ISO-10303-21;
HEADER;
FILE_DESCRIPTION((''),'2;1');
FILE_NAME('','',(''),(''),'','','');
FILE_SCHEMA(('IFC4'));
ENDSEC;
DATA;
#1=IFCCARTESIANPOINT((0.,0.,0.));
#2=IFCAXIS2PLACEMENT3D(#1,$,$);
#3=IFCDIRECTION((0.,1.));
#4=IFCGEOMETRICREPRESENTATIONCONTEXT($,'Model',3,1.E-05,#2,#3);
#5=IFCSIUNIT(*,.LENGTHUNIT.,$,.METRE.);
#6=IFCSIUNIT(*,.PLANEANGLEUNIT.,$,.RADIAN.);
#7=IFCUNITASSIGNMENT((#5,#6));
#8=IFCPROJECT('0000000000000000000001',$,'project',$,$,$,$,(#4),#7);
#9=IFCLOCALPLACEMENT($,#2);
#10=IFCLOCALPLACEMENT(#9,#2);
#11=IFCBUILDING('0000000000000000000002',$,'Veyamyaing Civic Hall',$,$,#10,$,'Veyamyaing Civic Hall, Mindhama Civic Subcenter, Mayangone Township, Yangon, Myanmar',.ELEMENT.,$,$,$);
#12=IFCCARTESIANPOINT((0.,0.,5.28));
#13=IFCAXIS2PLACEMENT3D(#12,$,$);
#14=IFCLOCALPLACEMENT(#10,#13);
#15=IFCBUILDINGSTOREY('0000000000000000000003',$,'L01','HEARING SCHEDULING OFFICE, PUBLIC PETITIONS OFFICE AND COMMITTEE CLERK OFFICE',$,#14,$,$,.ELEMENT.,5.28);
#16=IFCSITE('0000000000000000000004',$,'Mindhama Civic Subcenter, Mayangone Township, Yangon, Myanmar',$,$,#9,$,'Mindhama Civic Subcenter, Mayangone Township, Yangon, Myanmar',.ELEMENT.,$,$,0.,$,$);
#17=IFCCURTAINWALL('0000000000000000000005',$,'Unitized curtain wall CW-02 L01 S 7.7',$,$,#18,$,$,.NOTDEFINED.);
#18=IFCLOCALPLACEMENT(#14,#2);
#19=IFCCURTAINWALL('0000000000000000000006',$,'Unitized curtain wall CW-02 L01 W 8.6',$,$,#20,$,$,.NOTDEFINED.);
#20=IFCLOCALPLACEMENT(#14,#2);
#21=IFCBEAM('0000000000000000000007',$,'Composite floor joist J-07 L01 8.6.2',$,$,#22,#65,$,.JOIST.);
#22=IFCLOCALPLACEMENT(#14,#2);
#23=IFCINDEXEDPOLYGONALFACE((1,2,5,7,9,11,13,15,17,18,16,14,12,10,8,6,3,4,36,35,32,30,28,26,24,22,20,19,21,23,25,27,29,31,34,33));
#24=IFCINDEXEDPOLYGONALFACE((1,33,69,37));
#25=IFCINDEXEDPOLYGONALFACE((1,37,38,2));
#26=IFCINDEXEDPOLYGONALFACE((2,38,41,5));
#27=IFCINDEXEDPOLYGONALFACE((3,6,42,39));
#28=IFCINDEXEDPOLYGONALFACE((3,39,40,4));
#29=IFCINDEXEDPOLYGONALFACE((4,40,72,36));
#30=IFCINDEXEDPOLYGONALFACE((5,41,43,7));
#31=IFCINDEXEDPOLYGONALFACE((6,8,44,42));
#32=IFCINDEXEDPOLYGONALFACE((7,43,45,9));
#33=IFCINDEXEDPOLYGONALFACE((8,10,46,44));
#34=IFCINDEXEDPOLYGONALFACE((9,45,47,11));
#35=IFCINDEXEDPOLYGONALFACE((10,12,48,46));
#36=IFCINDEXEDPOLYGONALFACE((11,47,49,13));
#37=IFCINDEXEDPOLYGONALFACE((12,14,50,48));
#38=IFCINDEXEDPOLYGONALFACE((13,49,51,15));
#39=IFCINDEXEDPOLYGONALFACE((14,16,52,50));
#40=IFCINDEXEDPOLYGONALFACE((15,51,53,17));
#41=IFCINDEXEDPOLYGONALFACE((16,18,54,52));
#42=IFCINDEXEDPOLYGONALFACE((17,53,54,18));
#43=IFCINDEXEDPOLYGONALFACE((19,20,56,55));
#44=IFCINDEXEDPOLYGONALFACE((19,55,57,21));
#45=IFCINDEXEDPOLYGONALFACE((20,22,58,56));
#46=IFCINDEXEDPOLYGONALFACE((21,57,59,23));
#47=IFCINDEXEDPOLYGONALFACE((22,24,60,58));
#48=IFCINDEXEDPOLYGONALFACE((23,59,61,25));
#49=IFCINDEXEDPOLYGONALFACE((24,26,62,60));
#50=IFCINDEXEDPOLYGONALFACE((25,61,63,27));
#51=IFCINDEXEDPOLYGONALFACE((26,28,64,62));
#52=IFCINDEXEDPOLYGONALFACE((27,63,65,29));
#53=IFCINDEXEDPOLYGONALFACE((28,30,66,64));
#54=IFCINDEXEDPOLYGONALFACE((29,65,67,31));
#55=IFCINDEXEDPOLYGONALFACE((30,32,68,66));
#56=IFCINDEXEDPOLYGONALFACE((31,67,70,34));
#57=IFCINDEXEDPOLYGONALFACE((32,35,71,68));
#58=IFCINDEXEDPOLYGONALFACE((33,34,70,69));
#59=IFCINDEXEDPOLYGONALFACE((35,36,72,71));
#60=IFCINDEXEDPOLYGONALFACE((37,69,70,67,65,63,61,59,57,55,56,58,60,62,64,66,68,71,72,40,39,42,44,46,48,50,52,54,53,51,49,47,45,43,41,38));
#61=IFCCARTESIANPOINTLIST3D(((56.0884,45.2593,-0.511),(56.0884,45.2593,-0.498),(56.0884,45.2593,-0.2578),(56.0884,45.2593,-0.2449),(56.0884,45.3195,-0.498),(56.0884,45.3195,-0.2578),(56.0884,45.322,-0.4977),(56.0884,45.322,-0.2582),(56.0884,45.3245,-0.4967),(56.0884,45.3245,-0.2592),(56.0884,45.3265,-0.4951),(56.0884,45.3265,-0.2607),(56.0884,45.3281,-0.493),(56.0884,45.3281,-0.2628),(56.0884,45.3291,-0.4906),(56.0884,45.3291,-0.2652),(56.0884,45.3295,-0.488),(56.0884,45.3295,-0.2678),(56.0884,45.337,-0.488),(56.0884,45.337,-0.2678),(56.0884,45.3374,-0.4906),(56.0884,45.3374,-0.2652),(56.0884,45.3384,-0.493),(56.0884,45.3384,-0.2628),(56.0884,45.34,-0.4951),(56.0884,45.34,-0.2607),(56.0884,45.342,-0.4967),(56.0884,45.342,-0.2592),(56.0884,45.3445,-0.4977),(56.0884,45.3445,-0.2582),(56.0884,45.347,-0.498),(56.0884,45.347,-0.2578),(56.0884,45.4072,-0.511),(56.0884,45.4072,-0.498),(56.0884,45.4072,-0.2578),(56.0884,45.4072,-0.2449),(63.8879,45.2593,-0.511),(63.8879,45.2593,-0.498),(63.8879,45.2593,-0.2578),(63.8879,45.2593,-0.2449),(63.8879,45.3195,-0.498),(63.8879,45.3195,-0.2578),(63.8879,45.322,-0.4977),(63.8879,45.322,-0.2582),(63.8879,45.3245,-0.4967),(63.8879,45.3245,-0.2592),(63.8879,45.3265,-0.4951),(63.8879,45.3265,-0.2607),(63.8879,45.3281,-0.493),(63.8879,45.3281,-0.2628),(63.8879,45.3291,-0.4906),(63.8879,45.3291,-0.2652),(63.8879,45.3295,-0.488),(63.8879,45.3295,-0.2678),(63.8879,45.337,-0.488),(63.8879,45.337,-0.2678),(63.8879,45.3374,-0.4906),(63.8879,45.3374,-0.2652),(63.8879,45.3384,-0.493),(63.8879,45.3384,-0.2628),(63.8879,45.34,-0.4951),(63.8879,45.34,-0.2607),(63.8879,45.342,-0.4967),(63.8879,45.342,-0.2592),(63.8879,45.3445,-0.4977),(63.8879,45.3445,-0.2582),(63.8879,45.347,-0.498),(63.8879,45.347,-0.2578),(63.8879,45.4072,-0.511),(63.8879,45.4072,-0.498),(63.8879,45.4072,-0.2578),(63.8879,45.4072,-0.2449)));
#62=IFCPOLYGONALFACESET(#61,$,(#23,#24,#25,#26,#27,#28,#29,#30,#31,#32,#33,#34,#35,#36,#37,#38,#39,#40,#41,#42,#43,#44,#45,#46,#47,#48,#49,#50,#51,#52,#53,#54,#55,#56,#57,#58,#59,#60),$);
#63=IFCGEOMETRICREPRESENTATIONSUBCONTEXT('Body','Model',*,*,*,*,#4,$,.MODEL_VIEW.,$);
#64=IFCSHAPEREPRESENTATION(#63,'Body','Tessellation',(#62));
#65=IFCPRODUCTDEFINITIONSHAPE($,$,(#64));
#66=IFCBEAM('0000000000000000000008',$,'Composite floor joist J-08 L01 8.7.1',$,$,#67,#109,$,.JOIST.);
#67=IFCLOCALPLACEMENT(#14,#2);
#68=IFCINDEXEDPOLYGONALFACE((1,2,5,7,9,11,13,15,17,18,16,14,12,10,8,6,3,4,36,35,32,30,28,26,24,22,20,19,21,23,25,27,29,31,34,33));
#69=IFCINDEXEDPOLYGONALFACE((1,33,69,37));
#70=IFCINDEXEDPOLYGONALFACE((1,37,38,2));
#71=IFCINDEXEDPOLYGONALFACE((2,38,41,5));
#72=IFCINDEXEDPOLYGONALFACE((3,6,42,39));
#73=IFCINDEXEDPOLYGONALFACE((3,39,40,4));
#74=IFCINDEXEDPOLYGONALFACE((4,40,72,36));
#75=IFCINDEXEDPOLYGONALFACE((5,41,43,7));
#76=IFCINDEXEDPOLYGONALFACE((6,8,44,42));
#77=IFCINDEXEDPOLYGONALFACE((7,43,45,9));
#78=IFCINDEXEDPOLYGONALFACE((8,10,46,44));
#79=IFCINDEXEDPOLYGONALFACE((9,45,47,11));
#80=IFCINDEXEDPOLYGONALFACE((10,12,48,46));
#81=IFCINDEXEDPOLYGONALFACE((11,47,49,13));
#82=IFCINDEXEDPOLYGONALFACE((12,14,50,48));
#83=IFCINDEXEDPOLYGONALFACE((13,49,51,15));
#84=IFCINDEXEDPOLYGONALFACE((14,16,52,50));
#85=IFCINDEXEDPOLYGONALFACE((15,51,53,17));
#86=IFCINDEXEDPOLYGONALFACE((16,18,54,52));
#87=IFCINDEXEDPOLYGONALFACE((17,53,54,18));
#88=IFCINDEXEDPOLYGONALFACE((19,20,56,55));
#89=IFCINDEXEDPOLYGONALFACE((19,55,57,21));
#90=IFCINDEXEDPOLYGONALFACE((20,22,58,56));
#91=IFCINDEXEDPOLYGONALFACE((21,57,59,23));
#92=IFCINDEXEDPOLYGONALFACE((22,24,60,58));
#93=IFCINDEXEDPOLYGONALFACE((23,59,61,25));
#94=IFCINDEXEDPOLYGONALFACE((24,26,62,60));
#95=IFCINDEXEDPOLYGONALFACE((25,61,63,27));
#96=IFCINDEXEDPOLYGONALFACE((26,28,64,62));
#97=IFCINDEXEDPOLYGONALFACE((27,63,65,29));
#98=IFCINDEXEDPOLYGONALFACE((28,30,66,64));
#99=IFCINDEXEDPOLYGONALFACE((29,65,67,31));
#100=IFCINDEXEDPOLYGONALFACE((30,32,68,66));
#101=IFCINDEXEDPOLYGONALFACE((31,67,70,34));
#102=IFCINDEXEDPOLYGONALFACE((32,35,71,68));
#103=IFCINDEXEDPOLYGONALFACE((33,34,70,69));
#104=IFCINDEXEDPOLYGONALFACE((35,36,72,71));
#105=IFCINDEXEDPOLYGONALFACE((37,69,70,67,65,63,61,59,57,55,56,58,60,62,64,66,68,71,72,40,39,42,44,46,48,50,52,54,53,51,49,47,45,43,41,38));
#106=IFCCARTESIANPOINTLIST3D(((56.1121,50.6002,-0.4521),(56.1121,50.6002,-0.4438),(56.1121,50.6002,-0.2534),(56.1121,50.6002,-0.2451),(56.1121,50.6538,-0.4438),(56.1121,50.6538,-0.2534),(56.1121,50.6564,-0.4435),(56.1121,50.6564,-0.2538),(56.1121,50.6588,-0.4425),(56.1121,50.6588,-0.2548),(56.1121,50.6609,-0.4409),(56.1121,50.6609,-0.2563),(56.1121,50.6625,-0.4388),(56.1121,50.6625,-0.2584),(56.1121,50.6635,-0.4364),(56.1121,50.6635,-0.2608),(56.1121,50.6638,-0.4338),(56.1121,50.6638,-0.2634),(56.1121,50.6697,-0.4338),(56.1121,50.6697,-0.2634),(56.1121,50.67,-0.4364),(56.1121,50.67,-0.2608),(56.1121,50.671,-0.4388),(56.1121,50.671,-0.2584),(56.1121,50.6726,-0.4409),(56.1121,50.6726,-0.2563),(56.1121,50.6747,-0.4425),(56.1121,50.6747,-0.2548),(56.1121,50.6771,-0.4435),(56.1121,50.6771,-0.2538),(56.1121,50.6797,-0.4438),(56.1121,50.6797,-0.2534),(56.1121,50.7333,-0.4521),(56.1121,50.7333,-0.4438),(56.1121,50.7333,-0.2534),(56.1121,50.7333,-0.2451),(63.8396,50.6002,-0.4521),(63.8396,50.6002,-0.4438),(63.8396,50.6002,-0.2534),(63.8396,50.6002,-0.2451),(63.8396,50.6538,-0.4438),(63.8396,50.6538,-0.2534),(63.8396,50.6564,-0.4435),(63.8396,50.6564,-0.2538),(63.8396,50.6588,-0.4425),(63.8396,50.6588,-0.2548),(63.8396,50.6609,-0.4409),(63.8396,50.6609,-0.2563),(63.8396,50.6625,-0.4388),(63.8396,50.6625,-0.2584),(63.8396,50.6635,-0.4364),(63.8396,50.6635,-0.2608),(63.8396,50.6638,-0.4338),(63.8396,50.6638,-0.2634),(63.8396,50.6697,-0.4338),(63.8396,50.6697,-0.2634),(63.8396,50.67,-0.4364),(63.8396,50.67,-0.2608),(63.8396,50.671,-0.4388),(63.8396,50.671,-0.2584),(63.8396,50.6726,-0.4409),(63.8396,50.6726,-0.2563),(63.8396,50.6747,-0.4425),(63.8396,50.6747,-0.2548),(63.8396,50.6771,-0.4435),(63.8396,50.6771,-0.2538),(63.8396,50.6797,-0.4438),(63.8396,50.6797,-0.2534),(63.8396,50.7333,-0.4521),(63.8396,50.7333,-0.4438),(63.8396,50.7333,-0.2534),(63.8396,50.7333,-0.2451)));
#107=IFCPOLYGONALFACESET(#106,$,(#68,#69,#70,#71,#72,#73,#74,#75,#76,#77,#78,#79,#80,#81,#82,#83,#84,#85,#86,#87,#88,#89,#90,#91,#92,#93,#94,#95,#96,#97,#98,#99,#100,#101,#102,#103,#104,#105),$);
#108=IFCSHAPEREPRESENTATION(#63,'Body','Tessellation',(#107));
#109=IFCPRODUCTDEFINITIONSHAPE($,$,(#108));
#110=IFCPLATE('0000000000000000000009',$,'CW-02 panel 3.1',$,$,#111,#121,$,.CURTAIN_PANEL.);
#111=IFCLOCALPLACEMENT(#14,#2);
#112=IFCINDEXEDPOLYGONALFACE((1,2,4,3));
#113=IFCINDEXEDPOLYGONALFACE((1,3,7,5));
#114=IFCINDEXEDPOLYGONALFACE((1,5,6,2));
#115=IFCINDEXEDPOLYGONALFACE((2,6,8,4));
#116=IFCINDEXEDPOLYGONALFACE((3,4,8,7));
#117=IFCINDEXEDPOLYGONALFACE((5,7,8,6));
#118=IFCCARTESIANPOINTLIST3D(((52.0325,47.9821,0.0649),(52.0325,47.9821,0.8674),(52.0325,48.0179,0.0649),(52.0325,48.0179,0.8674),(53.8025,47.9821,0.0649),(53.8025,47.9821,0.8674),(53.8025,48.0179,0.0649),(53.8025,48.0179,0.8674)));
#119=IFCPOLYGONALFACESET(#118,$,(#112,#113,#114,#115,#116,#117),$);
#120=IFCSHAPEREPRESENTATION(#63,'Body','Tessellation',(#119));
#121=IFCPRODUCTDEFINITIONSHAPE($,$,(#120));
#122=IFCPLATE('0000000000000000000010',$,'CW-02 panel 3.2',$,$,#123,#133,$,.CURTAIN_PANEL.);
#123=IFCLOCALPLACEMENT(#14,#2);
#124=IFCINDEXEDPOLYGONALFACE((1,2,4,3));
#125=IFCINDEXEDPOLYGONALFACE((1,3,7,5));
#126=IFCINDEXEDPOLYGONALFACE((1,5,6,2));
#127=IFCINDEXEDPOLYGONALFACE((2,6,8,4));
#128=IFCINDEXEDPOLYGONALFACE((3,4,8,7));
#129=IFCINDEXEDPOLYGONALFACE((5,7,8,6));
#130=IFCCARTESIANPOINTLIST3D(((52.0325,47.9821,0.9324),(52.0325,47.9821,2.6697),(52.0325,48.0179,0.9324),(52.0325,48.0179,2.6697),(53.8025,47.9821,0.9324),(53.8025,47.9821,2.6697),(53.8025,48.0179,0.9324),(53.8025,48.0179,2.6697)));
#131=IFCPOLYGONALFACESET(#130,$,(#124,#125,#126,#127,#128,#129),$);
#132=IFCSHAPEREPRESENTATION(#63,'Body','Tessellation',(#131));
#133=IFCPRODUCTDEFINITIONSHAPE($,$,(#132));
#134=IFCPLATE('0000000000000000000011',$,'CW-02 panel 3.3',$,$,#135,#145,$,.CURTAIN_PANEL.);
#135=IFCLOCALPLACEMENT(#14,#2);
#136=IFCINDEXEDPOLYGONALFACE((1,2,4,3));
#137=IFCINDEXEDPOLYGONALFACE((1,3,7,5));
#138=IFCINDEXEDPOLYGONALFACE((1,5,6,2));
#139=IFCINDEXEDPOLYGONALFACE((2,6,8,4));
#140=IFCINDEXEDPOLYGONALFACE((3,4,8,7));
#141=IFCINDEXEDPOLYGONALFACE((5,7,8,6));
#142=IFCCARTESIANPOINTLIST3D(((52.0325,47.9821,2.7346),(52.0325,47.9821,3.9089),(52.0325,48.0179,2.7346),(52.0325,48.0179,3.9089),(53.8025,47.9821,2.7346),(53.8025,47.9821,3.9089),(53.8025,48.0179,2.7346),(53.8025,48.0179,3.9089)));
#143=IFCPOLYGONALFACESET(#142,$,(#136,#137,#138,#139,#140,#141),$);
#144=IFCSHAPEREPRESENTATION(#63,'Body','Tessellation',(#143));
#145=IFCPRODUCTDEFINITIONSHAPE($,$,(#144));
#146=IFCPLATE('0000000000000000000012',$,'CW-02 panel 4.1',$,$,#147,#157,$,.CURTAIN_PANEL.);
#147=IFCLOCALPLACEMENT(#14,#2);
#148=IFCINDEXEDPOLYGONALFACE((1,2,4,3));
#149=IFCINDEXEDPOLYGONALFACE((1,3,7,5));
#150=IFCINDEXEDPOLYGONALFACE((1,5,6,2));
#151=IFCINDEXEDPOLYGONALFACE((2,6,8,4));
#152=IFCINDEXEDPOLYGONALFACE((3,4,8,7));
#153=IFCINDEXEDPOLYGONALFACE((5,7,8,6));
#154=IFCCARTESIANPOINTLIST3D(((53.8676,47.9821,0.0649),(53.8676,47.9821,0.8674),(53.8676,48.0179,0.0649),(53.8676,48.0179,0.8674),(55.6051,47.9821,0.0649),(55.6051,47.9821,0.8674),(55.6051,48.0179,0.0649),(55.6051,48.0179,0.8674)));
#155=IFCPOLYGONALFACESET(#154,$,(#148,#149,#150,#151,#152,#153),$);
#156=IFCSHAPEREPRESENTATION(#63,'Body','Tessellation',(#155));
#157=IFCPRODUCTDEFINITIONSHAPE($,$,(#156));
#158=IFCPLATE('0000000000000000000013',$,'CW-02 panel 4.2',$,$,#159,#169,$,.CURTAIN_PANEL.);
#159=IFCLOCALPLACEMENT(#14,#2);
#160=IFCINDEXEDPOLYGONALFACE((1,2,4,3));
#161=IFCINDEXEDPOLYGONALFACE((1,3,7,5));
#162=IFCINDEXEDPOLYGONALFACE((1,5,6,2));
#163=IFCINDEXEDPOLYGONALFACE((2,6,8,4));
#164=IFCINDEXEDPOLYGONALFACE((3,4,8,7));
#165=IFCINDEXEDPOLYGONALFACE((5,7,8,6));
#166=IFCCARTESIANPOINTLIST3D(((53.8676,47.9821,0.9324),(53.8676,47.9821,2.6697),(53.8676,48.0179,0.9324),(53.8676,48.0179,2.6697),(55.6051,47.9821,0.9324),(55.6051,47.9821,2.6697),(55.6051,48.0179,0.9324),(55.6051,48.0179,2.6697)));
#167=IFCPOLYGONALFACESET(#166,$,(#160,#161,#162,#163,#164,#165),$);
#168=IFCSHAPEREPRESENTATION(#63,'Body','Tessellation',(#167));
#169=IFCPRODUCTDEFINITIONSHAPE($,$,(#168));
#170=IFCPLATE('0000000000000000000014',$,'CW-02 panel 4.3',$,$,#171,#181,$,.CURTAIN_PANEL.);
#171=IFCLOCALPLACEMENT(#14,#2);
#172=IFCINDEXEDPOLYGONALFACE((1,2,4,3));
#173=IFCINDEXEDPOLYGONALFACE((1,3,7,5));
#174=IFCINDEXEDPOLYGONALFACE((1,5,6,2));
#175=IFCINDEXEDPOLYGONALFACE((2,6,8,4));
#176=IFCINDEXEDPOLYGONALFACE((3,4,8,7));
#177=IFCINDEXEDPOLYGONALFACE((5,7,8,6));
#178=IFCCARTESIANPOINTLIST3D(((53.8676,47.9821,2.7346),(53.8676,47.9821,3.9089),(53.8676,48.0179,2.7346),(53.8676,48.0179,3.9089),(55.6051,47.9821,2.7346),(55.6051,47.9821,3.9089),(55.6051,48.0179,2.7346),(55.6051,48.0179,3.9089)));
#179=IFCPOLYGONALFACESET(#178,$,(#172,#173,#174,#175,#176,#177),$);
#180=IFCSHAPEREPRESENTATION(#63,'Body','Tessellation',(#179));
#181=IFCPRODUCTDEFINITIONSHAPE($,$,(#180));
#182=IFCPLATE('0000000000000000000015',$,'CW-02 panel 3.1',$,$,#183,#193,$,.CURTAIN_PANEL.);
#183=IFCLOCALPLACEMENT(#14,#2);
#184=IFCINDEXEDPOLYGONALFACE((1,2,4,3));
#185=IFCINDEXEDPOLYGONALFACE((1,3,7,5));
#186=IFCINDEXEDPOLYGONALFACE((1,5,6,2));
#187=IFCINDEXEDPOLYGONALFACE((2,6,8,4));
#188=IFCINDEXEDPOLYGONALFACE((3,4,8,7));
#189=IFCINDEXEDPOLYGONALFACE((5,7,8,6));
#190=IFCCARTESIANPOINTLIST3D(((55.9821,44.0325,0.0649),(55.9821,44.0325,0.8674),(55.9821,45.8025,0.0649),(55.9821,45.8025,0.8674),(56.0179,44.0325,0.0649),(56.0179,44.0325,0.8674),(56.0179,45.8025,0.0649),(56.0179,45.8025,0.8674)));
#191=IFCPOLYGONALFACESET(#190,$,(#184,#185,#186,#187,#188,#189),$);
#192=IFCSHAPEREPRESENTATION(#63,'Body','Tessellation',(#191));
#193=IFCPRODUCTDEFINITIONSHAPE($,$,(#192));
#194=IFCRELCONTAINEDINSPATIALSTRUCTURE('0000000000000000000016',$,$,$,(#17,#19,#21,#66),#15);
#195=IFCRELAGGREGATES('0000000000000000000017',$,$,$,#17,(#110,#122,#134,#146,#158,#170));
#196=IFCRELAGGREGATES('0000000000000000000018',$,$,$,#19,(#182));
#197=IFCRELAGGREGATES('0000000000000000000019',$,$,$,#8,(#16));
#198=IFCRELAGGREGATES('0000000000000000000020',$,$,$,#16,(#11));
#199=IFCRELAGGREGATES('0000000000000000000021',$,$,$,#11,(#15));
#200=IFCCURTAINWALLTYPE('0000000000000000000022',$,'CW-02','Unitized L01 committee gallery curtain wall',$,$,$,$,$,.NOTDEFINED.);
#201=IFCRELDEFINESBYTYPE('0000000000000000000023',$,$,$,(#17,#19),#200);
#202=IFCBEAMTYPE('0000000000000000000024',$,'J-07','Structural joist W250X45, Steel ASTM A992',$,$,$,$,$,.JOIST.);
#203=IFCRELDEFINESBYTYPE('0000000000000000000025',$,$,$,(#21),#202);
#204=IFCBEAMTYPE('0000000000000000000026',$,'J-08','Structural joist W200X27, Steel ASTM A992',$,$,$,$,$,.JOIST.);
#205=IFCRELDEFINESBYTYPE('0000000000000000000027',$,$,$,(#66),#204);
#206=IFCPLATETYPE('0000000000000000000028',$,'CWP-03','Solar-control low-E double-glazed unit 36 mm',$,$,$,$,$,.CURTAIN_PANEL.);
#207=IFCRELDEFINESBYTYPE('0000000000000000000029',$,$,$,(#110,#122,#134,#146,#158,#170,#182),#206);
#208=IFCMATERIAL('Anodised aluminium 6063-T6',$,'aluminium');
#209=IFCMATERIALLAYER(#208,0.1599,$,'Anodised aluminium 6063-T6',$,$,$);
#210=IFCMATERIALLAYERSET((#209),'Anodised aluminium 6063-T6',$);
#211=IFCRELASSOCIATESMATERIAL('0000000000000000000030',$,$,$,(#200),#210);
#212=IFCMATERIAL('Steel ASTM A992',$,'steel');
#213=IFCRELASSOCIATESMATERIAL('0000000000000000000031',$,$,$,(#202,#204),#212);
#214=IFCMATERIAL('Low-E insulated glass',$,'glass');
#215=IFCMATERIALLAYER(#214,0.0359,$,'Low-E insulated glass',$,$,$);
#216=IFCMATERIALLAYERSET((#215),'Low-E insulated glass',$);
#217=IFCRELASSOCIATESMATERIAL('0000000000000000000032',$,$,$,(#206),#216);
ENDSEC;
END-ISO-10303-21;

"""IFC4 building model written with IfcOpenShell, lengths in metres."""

from ifc_helpers import new_model, si_unit, direction, frame, origin, origin_2d, place, context, subcontext, project, spatial, rectangle, i_section, extrude, material, layer, layer_set, material_profile, profile_set, type_object, element, aggregate, save


model = new_model("IFC4")

# Units and contexts
model_context = context("Model", 3, precision=1e-05, world=origin(), true_north=direction((0.0, 1.0)))
body_context = subcontext(model_context, "Body", "Model", "MODEL_VIEW")
ifc_project = project(units=[si_unit("LENGTHUNIT", "METRE"), si_unit("PLANEANGLEUNIT", "RADIAN")], contexts=[model_context])

# Site, building, storey
site_placement = place(None, origin())
site = spatial("IfcSite", under=ifc_project, at=site_placement, Name="Mindhama Civic Subcenter, Mayangone Township, Yangon, Myanmar", LongName="Mindhama Civic Subcenter, Mayangone Township, Yangon, Myanmar", CompositionType="ELEMENT", RefElevation=0.0)
building_placement = place(site_placement, origin())
building = spatial("IfcBuilding", under=site, at=building_placement, Name="Veyamyaing Civic Hall", LongName="Veyamyaing Civic Hall, Mindhama Civic Subcenter, Mayangone Township, Yangon, Myanmar", CompositionType="ELEMENT")
storey_placement = place(building_placement, frame((0.0, 0.0, 5.28)))
storey = spatial("IfcBuildingStorey", under=building, at=storey_placement, Name="L01", Description="HEARING SCHEDULING OFFICE, PUBLIC PETITIONS OFFICE AND COMMITTEE CLERK OFFICE", CompositionType="ELEMENT", Elevation=5.28)

# Shared definitions
ifc_material_1 = material(Name="Steel ASTM A992", Category="steel")

# Curtain walls
ifc_material_2 = material(Name="Anodised aluminium 6063-T6", Category="aluminium")
ifc_layer_1 = layer(ifc_material_2, 0.1599, Name="Anodised aluminium 6063-T6")
ifc_layer_set_1 = layer_set([ifc_layer_1], Name="Anodised aluminium 6063-T6")
curtain_wall_type = type_object("IfcCurtainWallType", Name="CW-02", Description="Unitized L01 committee gallery curtain wall", PredefinedType="NOTDEFINED", material=ifc_layer_set_1)
curtain_wall_1_placement = place(storey_placement, origin())
curtain_wall_1 = element("IfcCurtainWall", 1, at=curtain_wall_1_placement, inside=storey, type_object=curtain_wall_type, Name="Unitized curtain wall CW-02 L01 S 7.7", PredefinedType="NOTDEFINED")
curtain_wall_2_placement = place(storey_placement, origin())
curtain_wall_2 = element("IfcCurtainWall", 2, at=curtain_wall_2_placement, inside=storey, type_object=curtain_wall_type, Name="Unitized curtain wall CW-02 L01 W 8.6", PredefinedType="NOTDEFINED")

# Beams
ifc_material_profile_1 = material_profile(ifc_material_1, i_section(OverallWidth=0.1479, OverallDepth=0.2661, WebThickness=0.0076, FlangeThickness=0.0129, FilletRadius=0.01, at=origin_2d()), Name="W250X45")
ifc_profile_set_1 = profile_set([ifc_material_profile_1], Name="Steel ASTM A992")
beam_type_1 = type_object("IfcBeamType", Name="J-07", Description="Structural joist W250X45, Steel ASTM A992", PredefinedType="JOIST", material=ifc_profile_set_1)
beam_1_placement = place(storey_placement, frame((56.0884, 45.3333, -0.3779), z_axis=(1.0, 0.0, 0.0), x_axis=(0.0, 1.0, 0.0)))
element("IfcBeam", 3, at=beam_1_placement, inside=storey, type_object=beam_type_1, Name="Composite floor joist J-07 L01 8.6.2", PredefinedType="JOIST", context=body_context, shape_type="SweptSolid", body=[
    extrude(i_section(OverallWidth=0.1479, OverallDepth=0.2661, WebThickness=0.0076, FlangeThickness=0.0129, FilletRadius=0.01, at=origin_2d()), origin(), (0.0, 0.0, 1.0), 7.7996),
])
ifc_material_profile_2 = material_profile(ifc_material_1, i_section(OverallWidth=0.1331, OverallDepth=0.207, WebThickness=0.0059, FlangeThickness=0.0083, FilletRadius=0.01, at=origin_2d()), Name="W200X27")
ifc_profile_set_2 = profile_set([ifc_material_profile_2], Name="Steel ASTM A992")
beam_type_2 = type_object("IfcBeamType", Name="J-08", Description="Structural joist W200X27, Steel ASTM A992", PredefinedType="JOIST", material=ifc_profile_set_2)
beam_2_placement = place(storey_placement, frame((56.1121, 50.6667, -0.3486), z_axis=(1.0, 0.0, 0.0), x_axis=(0.0, 1.0, 0.0)))
element("IfcBeam", 4, at=beam_2_placement, inside=storey, type_object=beam_type_2, Name="Composite floor joist J-08 L01 8.7.1", PredefinedType="JOIST", context=body_context, shape_type="SweptSolid", body=[
    extrude(i_section(OverallWidth=0.1331, OverallDepth=0.207, WebThickness=0.0059, FlangeThickness=0.0083, FilletRadius=0.01, at=origin_2d()), origin(), (0.0, 0.0, 1.0), 7.7275),
])

# Plates
ifc_material_3 = material(Name="Low-E insulated glass", Category="glass")
ifc_layer_2 = layer(ifc_material_3, 0.0359, Name="Low-E insulated glass")
ifc_layer_set_2 = layer_set([ifc_layer_2], Name="Low-E insulated glass")
plate_type = type_object("IfcPlateType", Name="CWP-03", Description="Solar-control low-E double-glazed unit 36 mm", PredefinedType="CURTAIN_PANEL", material=ifc_layer_set_2)
plate_1_placement = place(storey_placement, frame((52.9175, 48.0, 0.0649), z_axis=(0.0, 0.0, 1.0), x_axis=(1.0, 0.0, 0.0)))
plate_1 = element("IfcPlate", 5, at=plate_1_placement, type_object=plate_type, Name="CW-02 panel 3.1", PredefinedType="CURTAIN_PANEL", context=body_context, shape_type="SweptSolid", body=[
    extrude(rectangle(XDim=1.77, YDim=0.0359, at=origin_2d()), origin(), (0.0, 0.0, 1.0), 0.8025),
])
plate_2_placement = place(storey_placement, frame((52.9175, 48.0, 0.9324), z_axis=(0.0, 0.0, 1.0), x_axis=(1.0, 0.0, 0.0)))
plate_2 = element("IfcPlate", 6, at=plate_2_placement, type_object=plate_type, Name="CW-02 panel 3.2", PredefinedType="CURTAIN_PANEL", context=body_context, shape_type="SweptSolid", body=[
    extrude(rectangle(XDim=1.77, YDim=0.0359, at=origin_2d()), origin(), (0.0, 0.0, 1.0), 1.7373),
])
plate_3_placement = place(storey_placement, frame((52.9175, 48.0, 2.7346), z_axis=(0.0, 0.0, 1.0), x_axis=(1.0, 0.0, 0.0)))
plate_3 = element("IfcPlate", 7, at=plate_3_placement, type_object=plate_type, Name="CW-02 panel 3.3", PredefinedType="CURTAIN_PANEL", context=body_context, shape_type="SweptSolid", body=[
    extrude(rectangle(XDim=1.77, YDim=0.0359, at=origin_2d()), origin(), (0.0, 0.0, 1.0), 1.1743),
])
plate_4_placement = place(storey_placement, frame((54.7363, 48.0, 0.0649), z_axis=(0.0, 0.0, 1.0), x_axis=(1.0, 0.0, 0.0)))
plate_4 = element("IfcPlate", 8, at=plate_4_placement, type_object=plate_type, Name="CW-02 panel 4.1", PredefinedType="CURTAIN_PANEL", context=body_context, shape_type="SweptSolid", body=[
    extrude(rectangle(XDim=1.7375, YDim=0.0359, at=origin_2d()), origin(), (0.0, 0.0, 1.0), 0.8025),
])
plate_5_placement = place(storey_placement, frame((54.7363, 48.0, 0.9324), z_axis=(0.0, 0.0, 1.0), x_axis=(1.0, 0.0, 0.0)))
plate_5 = element("IfcPlate", 9, at=plate_5_placement, type_object=plate_type, Name="CW-02 panel 4.2", PredefinedType="CURTAIN_PANEL", context=body_context, shape_type="SweptSolid", body=[
    extrude(rectangle(XDim=1.7375, YDim=0.0359, at=origin_2d()), origin(), (0.0, 0.0, 1.0), 1.7373),
])
plate_6_placement = place(storey_placement, frame((54.7363, 48.0, 2.7346), z_axis=(0.0, 0.0, 1.0), x_axis=(1.0, 0.0, 0.0)))
plate_6 = element("IfcPlate", 10, at=plate_6_placement, type_object=plate_type, Name="CW-02 panel 4.3", PredefinedType="CURTAIN_PANEL", context=body_context, shape_type="SweptSolid", body=[
    extrude(rectangle(XDim=1.7375, YDim=0.0359, at=origin_2d()), origin(), (0.0, 0.0, 1.0), 1.1743),
])
aggregate(curtain_wall_1, [plate_1, plate_2, plate_3, plate_4, plate_5, plate_6])
plate_7_placement = place(storey_placement, frame((56.0, 44.9175, 0.0649), z_axis=(0.0, 0.0, 1.0), x_axis=(0.0, 1.0, 0.0)))
plate_7 = element("IfcPlate", 11, at=plate_7_placement, type_object=plate_type, Name="CW-02 panel 3.1", PredefinedType="CURTAIN_PANEL", context=body_context, shape_type="SweptSolid", body=[
    extrude(rectangle(XDim=1.77, YDim=0.0359, at=origin_2d()), origin(), (0.0, 0.0, 1.0), 0.8025),
])
aggregate(curtain_wall_2, [plate_7])

save(model, "model.ifc")
